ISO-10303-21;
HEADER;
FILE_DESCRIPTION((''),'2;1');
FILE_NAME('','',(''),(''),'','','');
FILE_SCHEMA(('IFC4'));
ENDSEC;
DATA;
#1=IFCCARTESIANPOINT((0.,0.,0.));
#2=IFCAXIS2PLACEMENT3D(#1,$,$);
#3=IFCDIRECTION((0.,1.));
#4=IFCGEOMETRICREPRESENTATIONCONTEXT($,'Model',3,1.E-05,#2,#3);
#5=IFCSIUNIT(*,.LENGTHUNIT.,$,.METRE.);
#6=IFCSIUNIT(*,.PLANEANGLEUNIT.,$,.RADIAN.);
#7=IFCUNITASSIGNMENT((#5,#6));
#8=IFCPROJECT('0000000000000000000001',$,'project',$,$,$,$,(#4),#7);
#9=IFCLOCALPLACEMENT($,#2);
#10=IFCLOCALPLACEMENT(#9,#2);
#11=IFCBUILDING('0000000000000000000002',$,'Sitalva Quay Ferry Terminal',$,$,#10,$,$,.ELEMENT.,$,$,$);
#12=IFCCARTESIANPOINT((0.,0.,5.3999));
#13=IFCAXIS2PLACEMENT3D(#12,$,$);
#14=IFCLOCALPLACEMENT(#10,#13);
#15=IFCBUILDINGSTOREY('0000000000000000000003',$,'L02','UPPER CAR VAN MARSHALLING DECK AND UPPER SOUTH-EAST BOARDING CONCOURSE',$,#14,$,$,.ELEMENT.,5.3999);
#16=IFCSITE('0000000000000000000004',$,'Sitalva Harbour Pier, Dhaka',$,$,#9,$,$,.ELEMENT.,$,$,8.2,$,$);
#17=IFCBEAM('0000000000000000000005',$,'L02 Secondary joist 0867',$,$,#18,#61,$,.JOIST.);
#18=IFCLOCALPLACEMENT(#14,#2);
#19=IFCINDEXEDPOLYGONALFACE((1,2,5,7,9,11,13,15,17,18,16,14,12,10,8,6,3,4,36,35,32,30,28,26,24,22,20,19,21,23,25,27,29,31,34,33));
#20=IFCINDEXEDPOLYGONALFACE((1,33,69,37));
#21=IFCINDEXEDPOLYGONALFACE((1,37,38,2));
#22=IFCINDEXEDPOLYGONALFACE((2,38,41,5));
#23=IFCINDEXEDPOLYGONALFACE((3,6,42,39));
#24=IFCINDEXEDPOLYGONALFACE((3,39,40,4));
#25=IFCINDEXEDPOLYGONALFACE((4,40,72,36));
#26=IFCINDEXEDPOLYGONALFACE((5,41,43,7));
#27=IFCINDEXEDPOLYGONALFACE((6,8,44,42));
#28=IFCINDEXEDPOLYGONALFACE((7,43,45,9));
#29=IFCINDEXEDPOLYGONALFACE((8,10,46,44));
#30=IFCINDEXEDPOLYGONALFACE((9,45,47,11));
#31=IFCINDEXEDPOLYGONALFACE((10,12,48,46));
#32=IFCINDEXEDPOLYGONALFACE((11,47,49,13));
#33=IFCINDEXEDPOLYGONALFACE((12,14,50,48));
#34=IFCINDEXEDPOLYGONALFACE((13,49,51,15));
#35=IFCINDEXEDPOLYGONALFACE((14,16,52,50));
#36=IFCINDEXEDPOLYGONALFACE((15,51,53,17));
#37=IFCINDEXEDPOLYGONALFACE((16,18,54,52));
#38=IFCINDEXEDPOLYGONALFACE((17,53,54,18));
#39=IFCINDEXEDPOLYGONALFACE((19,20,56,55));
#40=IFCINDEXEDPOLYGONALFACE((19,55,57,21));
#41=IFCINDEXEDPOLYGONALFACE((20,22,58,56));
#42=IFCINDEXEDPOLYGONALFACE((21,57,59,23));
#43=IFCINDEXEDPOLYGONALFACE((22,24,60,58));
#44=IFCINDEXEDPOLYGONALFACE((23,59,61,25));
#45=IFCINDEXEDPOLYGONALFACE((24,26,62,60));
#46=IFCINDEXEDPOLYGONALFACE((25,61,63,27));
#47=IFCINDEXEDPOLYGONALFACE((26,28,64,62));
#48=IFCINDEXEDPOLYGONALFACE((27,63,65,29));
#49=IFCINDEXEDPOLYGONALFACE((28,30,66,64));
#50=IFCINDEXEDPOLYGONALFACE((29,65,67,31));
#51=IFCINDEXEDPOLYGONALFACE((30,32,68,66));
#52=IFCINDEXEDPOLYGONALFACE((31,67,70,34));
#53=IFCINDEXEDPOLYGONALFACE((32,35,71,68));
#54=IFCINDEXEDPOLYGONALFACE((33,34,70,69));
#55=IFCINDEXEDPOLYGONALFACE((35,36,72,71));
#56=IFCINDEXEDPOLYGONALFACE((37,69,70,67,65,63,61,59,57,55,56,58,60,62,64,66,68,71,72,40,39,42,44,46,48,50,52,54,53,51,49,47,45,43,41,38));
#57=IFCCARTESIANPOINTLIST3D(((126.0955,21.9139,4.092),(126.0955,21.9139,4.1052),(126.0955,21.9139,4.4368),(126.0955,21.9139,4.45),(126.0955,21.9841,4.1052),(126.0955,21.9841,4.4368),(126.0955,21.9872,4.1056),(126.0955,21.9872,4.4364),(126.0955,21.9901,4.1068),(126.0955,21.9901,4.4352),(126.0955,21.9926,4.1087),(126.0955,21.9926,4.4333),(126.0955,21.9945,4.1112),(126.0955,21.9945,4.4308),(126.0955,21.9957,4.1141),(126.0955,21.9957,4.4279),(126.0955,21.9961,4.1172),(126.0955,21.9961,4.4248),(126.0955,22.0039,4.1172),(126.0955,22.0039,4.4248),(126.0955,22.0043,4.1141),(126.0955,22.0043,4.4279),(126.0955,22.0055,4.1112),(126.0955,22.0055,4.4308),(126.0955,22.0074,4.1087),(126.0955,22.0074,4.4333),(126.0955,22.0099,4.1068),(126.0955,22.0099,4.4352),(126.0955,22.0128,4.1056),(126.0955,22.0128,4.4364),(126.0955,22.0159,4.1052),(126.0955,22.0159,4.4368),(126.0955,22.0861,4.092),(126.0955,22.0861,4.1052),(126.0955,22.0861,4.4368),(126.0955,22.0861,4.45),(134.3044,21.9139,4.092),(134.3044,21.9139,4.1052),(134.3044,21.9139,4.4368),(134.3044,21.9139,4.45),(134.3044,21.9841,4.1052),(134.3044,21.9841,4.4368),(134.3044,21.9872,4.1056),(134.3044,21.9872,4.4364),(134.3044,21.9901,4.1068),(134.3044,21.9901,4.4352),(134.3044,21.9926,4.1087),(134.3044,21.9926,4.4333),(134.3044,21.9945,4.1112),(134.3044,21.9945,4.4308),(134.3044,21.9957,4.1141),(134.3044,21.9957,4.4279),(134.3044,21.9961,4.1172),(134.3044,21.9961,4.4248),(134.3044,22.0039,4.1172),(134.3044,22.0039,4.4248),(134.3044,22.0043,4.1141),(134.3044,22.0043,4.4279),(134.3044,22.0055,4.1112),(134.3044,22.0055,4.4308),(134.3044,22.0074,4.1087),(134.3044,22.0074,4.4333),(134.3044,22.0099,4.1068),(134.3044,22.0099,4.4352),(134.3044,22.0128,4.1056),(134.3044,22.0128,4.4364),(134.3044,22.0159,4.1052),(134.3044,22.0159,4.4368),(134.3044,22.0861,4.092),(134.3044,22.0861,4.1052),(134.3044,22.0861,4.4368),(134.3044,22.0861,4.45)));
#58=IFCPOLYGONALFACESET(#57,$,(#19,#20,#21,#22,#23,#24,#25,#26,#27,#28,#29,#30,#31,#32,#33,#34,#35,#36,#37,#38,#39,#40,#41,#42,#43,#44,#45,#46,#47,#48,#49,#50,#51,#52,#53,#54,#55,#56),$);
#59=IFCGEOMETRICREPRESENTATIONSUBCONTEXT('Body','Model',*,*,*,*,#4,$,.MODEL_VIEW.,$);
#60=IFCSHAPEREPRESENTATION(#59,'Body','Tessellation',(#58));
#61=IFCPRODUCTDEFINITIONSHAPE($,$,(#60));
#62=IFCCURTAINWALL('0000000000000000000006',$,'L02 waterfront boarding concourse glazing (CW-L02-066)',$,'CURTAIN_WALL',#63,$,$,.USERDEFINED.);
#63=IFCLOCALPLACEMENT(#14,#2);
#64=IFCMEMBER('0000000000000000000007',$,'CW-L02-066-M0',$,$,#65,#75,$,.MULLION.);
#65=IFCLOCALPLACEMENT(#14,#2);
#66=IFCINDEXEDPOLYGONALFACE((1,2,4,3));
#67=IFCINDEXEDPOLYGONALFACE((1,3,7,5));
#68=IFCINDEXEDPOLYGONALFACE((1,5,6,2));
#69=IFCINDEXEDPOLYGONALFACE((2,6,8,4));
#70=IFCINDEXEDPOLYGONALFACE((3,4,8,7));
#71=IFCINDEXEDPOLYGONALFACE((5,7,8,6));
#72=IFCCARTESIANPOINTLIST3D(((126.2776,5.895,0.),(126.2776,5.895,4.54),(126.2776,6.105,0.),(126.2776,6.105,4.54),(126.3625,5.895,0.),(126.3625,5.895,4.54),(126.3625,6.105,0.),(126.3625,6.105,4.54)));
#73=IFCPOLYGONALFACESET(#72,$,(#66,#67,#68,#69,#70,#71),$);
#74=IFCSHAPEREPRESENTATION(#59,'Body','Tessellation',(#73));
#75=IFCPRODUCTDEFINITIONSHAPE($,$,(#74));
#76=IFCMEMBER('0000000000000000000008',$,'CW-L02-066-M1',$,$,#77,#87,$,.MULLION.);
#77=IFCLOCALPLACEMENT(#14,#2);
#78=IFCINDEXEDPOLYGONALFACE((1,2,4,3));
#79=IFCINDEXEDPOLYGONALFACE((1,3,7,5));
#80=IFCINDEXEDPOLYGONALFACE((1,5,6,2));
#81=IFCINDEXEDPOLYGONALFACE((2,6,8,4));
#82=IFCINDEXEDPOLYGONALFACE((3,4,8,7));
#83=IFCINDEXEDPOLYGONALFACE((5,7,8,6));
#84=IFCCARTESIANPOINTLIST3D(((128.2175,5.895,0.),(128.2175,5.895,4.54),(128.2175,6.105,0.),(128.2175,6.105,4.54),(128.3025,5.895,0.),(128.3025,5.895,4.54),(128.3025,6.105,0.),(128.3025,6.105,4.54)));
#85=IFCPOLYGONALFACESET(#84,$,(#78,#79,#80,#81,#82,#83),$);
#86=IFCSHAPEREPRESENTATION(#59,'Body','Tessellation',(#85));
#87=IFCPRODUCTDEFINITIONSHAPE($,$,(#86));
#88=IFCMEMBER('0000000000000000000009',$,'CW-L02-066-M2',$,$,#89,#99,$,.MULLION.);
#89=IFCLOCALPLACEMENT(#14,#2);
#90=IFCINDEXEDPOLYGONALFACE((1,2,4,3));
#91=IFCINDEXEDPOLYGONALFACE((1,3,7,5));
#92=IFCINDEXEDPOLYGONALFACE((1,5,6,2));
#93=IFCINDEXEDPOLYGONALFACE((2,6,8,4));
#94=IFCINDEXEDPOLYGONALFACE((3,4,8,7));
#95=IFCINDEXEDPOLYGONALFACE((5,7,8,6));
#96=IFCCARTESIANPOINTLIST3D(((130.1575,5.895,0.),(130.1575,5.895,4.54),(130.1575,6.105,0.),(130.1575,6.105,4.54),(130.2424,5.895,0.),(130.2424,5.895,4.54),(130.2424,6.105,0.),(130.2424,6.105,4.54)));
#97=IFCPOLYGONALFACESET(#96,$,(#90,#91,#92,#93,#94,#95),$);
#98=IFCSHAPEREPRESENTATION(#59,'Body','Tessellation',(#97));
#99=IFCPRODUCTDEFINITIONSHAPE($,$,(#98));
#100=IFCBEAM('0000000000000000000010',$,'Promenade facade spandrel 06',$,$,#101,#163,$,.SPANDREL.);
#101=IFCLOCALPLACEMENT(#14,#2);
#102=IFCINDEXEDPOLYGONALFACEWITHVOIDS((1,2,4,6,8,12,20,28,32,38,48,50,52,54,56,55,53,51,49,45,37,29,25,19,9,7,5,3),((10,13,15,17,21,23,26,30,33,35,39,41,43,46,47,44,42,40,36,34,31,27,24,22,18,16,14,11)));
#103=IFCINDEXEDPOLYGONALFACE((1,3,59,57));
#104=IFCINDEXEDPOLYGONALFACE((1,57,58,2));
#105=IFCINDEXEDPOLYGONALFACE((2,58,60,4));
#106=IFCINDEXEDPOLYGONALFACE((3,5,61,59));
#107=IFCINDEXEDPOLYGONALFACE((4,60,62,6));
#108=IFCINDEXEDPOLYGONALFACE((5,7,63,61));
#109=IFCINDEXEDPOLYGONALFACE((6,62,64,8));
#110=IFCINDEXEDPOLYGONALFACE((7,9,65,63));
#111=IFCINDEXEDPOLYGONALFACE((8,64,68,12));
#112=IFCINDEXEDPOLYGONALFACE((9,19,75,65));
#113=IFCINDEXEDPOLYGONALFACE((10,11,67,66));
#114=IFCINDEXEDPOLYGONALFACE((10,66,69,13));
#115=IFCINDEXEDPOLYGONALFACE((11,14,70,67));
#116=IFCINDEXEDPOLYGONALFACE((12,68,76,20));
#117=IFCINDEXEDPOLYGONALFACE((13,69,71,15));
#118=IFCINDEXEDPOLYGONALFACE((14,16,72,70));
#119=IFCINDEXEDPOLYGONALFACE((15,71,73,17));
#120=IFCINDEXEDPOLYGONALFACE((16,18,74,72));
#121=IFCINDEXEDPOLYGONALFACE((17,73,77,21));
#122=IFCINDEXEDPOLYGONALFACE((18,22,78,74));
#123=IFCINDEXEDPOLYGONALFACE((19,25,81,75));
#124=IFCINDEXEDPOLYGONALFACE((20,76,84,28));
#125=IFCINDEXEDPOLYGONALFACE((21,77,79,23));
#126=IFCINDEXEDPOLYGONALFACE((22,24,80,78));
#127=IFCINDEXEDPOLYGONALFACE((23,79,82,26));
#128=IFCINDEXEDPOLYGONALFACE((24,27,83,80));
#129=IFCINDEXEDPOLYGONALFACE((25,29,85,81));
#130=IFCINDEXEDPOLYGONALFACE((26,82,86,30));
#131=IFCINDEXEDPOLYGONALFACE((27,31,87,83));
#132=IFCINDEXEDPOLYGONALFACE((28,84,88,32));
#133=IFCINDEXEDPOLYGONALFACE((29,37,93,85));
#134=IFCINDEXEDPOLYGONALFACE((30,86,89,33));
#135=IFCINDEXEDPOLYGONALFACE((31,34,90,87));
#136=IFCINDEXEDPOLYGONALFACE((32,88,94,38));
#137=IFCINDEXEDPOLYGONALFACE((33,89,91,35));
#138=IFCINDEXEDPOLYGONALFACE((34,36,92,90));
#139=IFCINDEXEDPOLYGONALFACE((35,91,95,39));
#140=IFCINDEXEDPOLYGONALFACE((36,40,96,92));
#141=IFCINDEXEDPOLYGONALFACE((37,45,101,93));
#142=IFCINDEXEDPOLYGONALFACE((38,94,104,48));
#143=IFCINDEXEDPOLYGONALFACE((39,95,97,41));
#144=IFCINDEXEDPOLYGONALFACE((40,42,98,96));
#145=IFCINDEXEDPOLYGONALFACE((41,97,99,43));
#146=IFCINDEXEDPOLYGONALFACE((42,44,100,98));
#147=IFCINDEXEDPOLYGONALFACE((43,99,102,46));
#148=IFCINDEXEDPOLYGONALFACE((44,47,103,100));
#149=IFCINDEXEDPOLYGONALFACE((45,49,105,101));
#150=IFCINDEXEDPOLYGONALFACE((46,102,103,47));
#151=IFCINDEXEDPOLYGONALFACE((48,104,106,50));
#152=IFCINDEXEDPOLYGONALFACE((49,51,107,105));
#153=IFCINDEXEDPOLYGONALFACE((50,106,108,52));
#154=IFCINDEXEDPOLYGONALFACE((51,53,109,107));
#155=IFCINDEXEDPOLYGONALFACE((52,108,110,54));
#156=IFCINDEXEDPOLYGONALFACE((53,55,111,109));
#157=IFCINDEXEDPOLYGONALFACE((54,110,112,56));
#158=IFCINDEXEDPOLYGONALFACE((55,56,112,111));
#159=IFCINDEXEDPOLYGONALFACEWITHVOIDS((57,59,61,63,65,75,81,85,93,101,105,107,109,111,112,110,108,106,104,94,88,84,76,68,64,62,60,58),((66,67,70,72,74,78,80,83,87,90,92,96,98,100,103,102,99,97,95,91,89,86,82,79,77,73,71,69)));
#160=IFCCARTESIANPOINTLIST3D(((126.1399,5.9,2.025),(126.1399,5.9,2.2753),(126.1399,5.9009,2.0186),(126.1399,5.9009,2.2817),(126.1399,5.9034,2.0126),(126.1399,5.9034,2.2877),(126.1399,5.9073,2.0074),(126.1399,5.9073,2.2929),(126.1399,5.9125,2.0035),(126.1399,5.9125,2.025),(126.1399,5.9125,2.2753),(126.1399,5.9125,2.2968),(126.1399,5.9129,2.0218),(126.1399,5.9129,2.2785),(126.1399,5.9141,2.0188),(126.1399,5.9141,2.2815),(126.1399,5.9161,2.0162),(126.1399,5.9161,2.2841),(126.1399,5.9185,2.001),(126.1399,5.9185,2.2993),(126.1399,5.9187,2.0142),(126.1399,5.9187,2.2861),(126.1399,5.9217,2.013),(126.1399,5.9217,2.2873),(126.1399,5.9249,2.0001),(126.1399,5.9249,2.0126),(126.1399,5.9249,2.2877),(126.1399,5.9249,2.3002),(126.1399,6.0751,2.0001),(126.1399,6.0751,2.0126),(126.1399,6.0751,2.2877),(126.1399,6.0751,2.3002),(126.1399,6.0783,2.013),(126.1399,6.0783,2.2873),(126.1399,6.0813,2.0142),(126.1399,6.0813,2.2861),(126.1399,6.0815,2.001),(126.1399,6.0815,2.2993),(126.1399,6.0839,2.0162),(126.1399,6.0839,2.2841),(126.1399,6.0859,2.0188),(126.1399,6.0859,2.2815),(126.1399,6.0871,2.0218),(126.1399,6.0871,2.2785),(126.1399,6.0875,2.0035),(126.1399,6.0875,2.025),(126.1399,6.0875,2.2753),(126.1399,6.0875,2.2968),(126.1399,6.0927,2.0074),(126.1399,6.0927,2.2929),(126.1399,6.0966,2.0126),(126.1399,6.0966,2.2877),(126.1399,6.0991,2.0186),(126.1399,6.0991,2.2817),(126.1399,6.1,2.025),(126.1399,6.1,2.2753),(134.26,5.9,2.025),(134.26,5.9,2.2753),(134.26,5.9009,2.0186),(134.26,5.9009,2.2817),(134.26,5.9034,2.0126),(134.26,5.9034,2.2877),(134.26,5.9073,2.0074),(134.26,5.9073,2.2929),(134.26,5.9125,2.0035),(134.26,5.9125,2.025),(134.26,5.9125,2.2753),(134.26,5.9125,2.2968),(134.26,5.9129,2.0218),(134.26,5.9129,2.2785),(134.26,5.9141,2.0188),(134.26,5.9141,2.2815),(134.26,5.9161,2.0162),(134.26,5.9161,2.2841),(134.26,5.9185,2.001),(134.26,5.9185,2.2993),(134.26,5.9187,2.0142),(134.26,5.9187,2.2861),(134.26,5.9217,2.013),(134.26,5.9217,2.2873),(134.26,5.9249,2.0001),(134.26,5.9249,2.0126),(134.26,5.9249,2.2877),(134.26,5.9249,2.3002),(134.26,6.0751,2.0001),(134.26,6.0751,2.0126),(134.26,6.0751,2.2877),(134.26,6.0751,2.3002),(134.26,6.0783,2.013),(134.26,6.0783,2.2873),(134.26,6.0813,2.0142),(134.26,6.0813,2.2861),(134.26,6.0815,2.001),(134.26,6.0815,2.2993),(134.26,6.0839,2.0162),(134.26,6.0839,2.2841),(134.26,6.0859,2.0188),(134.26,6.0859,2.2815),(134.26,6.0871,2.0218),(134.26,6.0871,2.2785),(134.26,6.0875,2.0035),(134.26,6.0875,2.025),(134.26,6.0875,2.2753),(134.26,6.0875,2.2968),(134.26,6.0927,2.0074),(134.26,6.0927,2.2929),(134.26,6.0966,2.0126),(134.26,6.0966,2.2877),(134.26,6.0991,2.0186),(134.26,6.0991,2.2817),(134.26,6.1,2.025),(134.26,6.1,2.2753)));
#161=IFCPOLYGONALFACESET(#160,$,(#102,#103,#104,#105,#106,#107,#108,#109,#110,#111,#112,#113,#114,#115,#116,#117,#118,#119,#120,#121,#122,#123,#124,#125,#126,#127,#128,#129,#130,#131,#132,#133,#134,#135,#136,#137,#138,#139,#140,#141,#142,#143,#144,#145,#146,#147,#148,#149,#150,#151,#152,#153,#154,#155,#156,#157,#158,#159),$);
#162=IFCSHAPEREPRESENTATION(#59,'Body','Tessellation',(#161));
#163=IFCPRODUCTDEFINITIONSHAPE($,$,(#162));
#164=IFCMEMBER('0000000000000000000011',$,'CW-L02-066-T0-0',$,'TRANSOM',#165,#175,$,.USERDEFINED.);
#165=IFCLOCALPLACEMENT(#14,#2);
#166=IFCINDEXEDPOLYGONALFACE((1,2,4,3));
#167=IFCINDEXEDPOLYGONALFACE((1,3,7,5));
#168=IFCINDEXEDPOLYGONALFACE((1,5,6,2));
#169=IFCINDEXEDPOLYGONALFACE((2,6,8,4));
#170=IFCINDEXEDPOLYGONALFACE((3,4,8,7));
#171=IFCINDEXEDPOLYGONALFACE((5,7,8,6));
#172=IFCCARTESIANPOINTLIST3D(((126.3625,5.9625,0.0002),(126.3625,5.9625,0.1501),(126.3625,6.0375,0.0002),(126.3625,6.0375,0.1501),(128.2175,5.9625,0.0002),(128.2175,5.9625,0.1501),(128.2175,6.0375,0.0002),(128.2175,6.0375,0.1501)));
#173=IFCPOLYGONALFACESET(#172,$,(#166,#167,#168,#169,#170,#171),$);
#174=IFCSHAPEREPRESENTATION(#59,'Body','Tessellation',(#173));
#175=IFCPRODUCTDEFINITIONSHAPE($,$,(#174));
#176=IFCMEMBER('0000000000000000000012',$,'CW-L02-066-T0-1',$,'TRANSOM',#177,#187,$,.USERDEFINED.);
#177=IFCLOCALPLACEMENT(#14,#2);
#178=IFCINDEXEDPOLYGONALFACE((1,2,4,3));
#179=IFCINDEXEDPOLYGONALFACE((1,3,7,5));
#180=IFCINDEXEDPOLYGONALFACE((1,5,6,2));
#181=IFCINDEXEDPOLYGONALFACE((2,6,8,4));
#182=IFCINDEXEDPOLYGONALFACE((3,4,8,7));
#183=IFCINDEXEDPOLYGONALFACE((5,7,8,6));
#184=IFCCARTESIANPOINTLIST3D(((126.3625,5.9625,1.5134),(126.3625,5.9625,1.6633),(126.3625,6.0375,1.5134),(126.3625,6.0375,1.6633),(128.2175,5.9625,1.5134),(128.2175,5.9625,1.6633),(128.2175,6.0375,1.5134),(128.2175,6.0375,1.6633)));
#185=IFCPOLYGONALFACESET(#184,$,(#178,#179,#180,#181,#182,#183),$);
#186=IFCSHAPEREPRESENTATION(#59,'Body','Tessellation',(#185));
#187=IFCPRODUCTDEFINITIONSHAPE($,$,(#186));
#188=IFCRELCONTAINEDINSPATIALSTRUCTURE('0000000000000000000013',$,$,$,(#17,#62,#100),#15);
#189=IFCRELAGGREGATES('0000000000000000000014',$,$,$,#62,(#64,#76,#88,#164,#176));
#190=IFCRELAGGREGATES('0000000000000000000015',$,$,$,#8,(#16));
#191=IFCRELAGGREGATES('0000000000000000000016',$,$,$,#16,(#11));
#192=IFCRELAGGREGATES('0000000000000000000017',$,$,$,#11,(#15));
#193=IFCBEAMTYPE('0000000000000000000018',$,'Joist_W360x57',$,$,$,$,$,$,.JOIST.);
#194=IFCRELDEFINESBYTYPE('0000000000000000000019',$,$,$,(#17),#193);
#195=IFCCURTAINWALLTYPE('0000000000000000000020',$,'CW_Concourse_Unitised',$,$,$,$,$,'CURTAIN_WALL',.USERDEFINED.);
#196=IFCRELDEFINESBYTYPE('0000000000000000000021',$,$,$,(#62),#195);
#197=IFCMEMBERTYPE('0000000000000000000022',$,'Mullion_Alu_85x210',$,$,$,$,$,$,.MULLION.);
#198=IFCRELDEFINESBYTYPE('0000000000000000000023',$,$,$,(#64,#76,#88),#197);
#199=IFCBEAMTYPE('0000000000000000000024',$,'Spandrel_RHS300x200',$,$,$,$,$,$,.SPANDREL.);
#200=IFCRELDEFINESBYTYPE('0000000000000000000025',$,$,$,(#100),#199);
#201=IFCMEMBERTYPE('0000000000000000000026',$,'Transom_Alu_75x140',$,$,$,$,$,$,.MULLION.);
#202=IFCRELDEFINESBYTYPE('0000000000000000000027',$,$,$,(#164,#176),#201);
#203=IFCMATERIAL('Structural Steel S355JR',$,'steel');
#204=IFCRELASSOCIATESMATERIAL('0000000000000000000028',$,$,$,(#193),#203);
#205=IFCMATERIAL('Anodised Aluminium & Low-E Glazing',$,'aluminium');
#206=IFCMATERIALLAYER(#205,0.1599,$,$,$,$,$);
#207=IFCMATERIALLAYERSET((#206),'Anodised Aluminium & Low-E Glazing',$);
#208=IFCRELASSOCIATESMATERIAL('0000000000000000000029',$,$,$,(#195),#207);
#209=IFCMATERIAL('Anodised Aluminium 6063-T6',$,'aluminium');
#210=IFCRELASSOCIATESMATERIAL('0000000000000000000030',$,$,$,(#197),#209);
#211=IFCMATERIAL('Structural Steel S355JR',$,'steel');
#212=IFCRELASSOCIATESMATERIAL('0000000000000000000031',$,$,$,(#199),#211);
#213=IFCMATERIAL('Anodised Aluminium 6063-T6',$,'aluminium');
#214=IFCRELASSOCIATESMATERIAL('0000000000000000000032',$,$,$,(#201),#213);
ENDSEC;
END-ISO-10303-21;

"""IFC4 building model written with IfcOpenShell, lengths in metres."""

from ifc_helpers import new_model, si_unit, direction, frame, origin, origin_2d, place, context, subcontext, project, spatial, rectangle, hollow_rectangle, i_section, extrude, material, layer, layer_set, material_profile, profile_set, type_object, element, aggregate, save


model = new_model("IFC4")

# Units and contexts
model_context = context("Model", 3, precision=1e-05, world=origin(), true_north=direction((0.0, 1.0)))
body_context = subcontext(model_context, "Body", "Model", "MODEL_VIEW")
ifc_project = project(units=[si_unit("LENGTHUNIT", "METRE"), si_unit("PLANEANGLEUNIT", "RADIAN")], contexts=[model_context])

# Site, building, storey
site_placement = place(None, origin())
site = spatial("IfcSite", under=ifc_project, at=site_placement, Name="Sitalva Harbour Pier, Dhaka", CompositionType="ELEMENT", RefElevation=8.2)
building_placement = place(site_placement, origin())
building = spatial("IfcBuilding", under=site, at=building_placement, Name="Sitalva Quay Ferry Terminal", CompositionType="ELEMENT")
storey_placement = place(building_placement, frame((0.0, 0.0, 5.3999)))
storey = spatial("IfcBuildingStorey", under=building, at=storey_placement, Name="L02", Description="UPPER CAR VAN MARSHALLING DECK AND UPPER SOUTH-EAST BOARDING CONCOURSE", CompositionType="ELEMENT", Elevation=5.3999)

# Beam
ifc_material_1 = material(Name="Structural Steel S355JR", Category="steel")
ifc_material_profile_1 = material_profile(ifc_material_1, i_section(OverallWidth=0.1721, OverallDepth=0.3579, WebThickness=0.0078, FlangeThickness=0.0132, FilletRadius=0.012, at=origin_2d()), Name="W360x57")
ifc_profile_set_1 = profile_set([ifc_material_profile_1], Name="Structural Steel S355JR")
beam_type_1 = type_object("IfcBeamType", Name="Joist_W360x57", PredefinedType="JOIST", material=ifc_profile_set_1)
beam_1_placement = place(storey_placement, frame((126.0955, 22.0, 4.271), z_axis=(1.0, 0.0, 0.0), x_axis=(0.0, 1.0, 0.0)))
element("IfcBeam", 1, at=beam_1_placement, inside=storey, type_object=beam_type_1, Name="L02 Secondary joist 0867", PredefinedType="JOIST", context=body_context, shape_type="SweptSolid", body=[
    extrude(i_section(OverallWidth=0.1721, OverallDepth=0.3579, WebThickness=0.0078, FlangeThickness=0.0132, FilletRadius=0.012, at=origin_2d()), origin(), (0.0, 0.0, 1.0), 8.209),
])

# Curtain wall, members
ifc_material_2 = material(Name="Anodised Aluminium & Low-E Glazing", Category="aluminium")
ifc_layer_1 = layer(ifc_material_2, 0.1599)
ifc_layer_set_1 = layer_set([ifc_layer_1], Name="Anodised Aluminium & Low-E Glazing")
curtain_wall_type = type_object("IfcCurtainWallType", Name="CW_Concourse_Unitised", ElementType="CURTAIN_WALL", PredefinedType="USERDEFINED", material=ifc_layer_set_1)
curtain_wall_placement = place(storey_placement, origin())
curtain_wall = element("IfcCurtainWall", 2, at=curtain_wall_placement, inside=storey, type_object=curtain_wall_type, Name="L02 waterfront boarding concourse glazing (CW-L02-066)", ObjectType="CURTAIN_WALL", PredefinedType="USERDEFINED")
ifc_material_3 = material(Name="Anodised Aluminium 6063-T6", Category="aluminium")
ifc_material_profile_2 = material_profile(ifc_material_3, rectangle(XDim=0.085, YDim=0.21, at=origin_2d()), Name="ALU85x210")
ifc_profile_set_2 = profile_set([ifc_material_profile_2], Name="Anodised Aluminium 6063-T6")
member_type_1 = type_object("IfcMemberType", Name="Mullion_Alu_85x210", PredefinedType="MULLION", material=ifc_profile_set_2)
member_1_placement = place(storey_placement, frame((126.3201, 6.0, 0.0), z_axis=(0.0, 0.0, 1.0), x_axis=(1.0, 0.0, 0.0)))
member_1 = element("IfcMember", 3, at=member_1_placement, type_object=member_type_1, Name="CW-L02-066-M0", PredefinedType="MULLION", context=body_context, shape_type="SweptSolid", body=[
    extrude(rectangle(XDim=0.085, YDim=0.21, at=origin_2d()), origin(), (0.0, 0.0, 1.0), 4.54),
])
member_2_placement = place(storey_placement, frame((128.26, 6.0, 0.0), z_axis=(0.0, 0.0, 1.0), x_axis=(1.0, 0.0, 0.0)))
member_2 = element("IfcMember", 4, at=member_2_placement, type_object=member_type_1, Name="CW-L02-066-M1", PredefinedType="MULLION", context=body_context, shape_type="SweptSolid", body=[
    extrude(rectangle(XDim=0.085, YDim=0.21, at=origin_2d()), origin(), (0.0, 0.0, 1.0), 4.54),
])
member_3_placement = place(storey_placement, frame((130.2, 6.0, 0.0), z_axis=(0.0, 0.0, 1.0), x_axis=(1.0, 0.0, 0.0)))
member_3 = element("IfcMember", 5, at=member_3_placement, type_object=member_type_1, Name="CW-L02-066-M2", PredefinedType="MULLION", context=body_context, shape_type="SweptSolid", body=[
    extrude(rectangle(XDim=0.085, YDim=0.21, at=origin_2d()), origin(), (0.0, 0.0, 1.0), 4.54),
])

# Beam
ifc_material_4 = material(Name="Structural Steel S355JR", Category="steel")
ifc_material_profile_3 = material_profile(ifc_material_4, hollow_rectangle(XDim=0.2, YDim=0.3, WallThickness=0.0125, InnerFilletRadius=0.0125, OuterFilletRadius=0.0249, at=origin_2d()), Name="RHS300x200x12.5")
ifc_profile_set_3 = profile_set([ifc_material_profile_3], Name="Structural Steel S355JR")
beam_type_2 = type_object("IfcBeamType", Name="Spandrel_RHS300x200", PredefinedType="SPANDREL", material=ifc_profile_set_3)
beam_2_placement = place(storey_placement, frame((126.1399, 6.0, 2.1501), z_axis=(1.0, 0.0, 0.0), x_axis=(0.0, 1.0, 0.0)))
element("IfcBeam", 6, at=beam_2_placement, inside=storey, type_object=beam_type_2, Name="Promenade facade spandrel 06", PredefinedType="SPANDREL", context=body_context, shape_type="SweptSolid", body=[
    extrude(hollow_rectangle(XDim=0.2, YDim=0.3, WallThickness=0.0125, InnerFilletRadius=0.0125, OuterFilletRadius=0.0249, at=origin_2d()), origin(), (0.0, 0.0, 1.0), 8.1201),
])

# Members
ifc_material_5 = material(Name="Anodised Aluminium 6063-T6", Category="aluminium")
ifc_material_profile_4 = material_profile(ifc_material_5, rectangle(XDim=0.075, YDim=0.1499, at=origin_2d()), Name="ALU75x150")
ifc_profile_set_4 = profile_set([ifc_material_profile_4], Name="Anodised Aluminium 6063-T6")
member_type_2 = type_object("IfcMemberType", Name="Transom_Alu_75x140", PredefinedType="MULLION", material=ifc_profile_set_4)
member_4_placement = place(storey_placement, frame((126.3625, 6.0, 0.0752), z_axis=(1.0, 0.0, 0.0), x_axis=(0.0, 1.0, 0.0)))
member_4 = element("IfcMember", 7, at=member_4_placement, type_object=member_type_2, Name="CW-L02-066-T0-0", ObjectType="TRANSOM", PredefinedType="USERDEFINED", context=body_context, shape_type="SweptSolid", body=[
    extrude(rectangle(XDim=0.075, YDim=0.1499, at=origin_2d()), origin(), (0.0, 0.0, 1.0), 1.855),
])
member_5_placement = place(storey_placement, frame((126.3625, 6.0, 1.5884), z_axis=(1.0, 0.0, 0.0), x_axis=(0.0, 1.0, 0.0)))
member_5 = element("IfcMember", 8, at=member_5_placement, type_object=member_type_2, Name="CW-L02-066-T0-1", ObjectType="TRANSOM", PredefinedType="USERDEFINED", context=body_context, shape_type="SweptSolid", body=[
    extrude(rectangle(XDim=0.075, YDim=0.1499, at=origin_2d()), origin(), (0.0, 0.0, 1.0), 1.855),
])

aggregate(curtain_wall, [member_1, member_2, member_3, member_4, member_5])

save(model, "model.ifc")
